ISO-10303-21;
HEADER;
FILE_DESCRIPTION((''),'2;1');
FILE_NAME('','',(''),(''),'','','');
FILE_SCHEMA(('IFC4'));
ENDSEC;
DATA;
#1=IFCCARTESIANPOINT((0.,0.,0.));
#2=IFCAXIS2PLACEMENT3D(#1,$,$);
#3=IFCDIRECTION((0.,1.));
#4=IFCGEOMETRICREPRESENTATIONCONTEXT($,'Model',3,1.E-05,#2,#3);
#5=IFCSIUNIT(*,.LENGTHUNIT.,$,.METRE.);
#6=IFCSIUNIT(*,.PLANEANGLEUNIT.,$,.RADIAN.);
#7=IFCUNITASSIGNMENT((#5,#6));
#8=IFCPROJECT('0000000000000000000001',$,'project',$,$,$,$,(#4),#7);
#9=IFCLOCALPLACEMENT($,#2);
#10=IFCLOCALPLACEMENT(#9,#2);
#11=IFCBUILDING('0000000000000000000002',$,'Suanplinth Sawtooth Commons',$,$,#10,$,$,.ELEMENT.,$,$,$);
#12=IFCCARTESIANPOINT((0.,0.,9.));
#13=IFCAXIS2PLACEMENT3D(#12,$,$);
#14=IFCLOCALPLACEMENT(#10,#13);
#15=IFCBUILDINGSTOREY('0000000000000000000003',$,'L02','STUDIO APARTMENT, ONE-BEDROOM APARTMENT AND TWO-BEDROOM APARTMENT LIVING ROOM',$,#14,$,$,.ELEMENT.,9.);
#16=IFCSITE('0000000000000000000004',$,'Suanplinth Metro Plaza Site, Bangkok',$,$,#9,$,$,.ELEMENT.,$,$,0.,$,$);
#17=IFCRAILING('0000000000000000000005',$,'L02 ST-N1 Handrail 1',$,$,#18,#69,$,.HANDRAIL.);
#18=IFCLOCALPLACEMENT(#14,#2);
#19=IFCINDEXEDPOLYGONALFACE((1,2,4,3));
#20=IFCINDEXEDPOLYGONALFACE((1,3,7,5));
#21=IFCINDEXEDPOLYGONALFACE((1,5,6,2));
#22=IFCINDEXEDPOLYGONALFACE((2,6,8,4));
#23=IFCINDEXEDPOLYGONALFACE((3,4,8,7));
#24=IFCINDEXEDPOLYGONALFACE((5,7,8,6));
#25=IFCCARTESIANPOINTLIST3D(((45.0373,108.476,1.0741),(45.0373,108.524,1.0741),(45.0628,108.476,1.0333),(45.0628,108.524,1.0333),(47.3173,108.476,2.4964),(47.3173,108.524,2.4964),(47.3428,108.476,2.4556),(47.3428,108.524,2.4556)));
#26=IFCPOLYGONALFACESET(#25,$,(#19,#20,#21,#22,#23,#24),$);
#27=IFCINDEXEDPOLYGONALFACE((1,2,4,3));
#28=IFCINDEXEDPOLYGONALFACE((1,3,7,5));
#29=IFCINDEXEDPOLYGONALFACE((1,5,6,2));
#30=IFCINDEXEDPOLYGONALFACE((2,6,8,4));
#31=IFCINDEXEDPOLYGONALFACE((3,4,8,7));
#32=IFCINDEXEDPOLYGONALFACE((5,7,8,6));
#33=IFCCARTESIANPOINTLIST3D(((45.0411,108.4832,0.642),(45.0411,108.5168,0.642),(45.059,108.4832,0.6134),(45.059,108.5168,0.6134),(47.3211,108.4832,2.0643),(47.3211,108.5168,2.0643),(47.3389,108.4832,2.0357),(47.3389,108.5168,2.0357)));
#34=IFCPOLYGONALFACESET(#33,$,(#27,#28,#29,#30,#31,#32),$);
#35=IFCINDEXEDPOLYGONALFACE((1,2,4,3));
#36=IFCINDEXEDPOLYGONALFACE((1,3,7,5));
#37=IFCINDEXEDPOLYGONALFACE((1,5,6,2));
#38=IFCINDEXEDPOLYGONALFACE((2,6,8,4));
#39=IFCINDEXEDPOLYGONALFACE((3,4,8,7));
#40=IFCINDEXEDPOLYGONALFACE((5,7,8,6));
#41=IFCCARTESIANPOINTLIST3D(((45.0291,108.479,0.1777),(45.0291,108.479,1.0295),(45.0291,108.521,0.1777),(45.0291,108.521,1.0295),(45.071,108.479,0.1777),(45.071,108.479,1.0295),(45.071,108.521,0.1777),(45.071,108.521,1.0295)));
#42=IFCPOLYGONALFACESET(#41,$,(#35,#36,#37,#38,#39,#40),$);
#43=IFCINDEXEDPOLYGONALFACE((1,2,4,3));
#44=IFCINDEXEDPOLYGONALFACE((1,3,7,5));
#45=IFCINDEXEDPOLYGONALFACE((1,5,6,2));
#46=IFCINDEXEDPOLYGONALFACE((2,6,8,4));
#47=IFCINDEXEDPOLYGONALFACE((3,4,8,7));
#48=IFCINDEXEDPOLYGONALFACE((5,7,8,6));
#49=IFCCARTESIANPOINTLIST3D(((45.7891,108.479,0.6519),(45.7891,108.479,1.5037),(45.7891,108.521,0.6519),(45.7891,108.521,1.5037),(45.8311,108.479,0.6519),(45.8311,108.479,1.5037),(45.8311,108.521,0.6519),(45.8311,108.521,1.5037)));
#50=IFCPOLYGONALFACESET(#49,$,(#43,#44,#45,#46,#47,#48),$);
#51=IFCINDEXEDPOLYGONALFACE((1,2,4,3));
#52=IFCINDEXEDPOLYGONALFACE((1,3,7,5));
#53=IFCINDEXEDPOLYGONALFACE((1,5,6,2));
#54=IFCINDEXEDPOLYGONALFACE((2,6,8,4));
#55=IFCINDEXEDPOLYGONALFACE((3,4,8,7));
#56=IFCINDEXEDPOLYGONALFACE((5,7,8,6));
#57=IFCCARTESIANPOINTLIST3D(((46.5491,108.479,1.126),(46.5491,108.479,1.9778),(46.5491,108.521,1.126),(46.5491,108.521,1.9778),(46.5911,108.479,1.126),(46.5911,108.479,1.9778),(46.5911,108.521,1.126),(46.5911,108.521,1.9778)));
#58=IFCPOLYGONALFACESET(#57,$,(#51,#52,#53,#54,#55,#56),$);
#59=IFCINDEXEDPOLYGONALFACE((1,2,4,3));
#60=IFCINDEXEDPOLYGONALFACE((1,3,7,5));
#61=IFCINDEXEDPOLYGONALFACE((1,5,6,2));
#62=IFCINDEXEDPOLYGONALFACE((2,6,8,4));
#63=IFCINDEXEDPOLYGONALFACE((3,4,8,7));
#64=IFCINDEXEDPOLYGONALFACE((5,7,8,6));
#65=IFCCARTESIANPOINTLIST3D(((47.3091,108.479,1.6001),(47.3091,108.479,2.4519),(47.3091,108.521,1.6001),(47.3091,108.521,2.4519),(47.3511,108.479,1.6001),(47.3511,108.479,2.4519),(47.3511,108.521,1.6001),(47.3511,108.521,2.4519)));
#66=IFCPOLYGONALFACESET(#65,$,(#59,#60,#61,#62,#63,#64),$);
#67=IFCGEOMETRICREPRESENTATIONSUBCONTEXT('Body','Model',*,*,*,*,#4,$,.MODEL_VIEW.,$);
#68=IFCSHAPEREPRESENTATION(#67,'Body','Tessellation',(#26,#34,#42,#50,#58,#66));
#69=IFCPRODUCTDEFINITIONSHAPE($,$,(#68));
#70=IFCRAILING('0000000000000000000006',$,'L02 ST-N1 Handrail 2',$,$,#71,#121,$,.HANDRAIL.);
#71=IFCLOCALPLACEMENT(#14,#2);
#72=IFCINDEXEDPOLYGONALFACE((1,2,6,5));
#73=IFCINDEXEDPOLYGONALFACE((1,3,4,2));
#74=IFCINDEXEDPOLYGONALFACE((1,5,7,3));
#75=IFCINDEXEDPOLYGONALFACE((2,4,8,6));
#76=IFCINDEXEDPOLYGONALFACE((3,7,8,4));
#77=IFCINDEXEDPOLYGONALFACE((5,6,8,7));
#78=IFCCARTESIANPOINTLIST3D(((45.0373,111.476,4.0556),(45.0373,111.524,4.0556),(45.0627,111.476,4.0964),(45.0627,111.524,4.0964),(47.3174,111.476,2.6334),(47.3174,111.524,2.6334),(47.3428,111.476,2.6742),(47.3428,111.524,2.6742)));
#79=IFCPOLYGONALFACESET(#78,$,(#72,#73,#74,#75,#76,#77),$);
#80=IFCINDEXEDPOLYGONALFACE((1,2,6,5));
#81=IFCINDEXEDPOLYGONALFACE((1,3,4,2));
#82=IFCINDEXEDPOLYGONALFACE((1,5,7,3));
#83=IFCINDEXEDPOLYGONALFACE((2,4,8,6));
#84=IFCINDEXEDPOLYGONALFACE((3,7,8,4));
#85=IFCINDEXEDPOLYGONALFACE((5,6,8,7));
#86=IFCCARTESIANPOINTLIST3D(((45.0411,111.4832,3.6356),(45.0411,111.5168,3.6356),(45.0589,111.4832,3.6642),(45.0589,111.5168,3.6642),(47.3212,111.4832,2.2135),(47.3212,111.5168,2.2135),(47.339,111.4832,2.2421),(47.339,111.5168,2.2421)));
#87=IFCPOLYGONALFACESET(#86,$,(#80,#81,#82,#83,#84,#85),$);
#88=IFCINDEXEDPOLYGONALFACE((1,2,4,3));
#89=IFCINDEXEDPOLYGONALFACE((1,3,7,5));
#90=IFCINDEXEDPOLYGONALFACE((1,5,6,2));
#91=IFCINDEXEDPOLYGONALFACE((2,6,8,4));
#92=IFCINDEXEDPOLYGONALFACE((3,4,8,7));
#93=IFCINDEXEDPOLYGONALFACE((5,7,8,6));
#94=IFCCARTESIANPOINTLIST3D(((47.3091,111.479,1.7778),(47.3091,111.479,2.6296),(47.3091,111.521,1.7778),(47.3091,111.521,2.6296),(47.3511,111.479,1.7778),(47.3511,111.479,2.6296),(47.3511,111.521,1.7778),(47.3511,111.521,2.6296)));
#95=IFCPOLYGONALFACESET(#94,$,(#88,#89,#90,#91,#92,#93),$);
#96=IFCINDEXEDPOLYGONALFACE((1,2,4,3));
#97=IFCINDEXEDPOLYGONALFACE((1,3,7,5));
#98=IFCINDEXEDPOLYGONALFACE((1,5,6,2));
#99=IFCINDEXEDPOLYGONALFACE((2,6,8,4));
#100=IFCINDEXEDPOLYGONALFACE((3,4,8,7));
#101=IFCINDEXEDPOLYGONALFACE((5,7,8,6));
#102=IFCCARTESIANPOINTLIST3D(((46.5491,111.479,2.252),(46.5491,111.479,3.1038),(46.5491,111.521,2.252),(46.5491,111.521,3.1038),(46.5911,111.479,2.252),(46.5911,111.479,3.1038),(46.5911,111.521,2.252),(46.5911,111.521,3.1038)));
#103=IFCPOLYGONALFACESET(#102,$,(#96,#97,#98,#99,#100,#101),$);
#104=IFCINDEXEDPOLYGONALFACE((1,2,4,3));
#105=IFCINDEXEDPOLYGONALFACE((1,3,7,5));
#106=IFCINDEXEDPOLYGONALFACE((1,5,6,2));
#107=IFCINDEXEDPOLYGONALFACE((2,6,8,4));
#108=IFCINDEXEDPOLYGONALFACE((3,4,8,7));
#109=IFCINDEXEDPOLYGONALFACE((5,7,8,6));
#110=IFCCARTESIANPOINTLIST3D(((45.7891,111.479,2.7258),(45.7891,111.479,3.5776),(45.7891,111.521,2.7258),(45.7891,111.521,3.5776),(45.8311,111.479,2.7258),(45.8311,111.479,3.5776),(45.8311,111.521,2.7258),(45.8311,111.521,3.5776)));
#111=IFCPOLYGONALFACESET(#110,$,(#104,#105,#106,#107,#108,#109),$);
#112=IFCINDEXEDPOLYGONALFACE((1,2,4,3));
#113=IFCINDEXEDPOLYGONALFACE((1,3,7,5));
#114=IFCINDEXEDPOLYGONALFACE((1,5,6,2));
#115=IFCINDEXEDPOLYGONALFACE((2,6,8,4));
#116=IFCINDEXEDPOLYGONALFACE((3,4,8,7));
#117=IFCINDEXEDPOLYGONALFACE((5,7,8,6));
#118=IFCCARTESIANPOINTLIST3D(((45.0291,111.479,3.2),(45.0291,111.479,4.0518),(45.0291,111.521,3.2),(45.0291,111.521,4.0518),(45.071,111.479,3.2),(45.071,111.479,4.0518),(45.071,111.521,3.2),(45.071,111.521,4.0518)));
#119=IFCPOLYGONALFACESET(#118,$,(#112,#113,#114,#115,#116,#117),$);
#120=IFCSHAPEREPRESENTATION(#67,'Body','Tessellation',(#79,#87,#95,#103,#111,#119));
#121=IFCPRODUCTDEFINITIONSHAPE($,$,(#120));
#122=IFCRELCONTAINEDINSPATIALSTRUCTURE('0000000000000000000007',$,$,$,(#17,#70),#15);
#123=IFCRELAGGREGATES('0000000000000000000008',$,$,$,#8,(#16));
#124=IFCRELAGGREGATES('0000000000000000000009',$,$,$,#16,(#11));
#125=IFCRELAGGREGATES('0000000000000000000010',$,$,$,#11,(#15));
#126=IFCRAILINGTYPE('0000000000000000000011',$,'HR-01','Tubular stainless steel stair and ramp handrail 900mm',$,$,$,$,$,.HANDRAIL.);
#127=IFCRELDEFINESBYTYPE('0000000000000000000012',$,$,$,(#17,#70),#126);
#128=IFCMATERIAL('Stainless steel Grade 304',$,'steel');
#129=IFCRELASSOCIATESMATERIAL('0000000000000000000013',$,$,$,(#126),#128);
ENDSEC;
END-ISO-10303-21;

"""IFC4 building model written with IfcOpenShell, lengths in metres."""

from ifc_helpers import new_model, si_unit, direction, frame, origin, origin_2d, place, context, subcontext, project, spatial, rectangle, extrude, material, type_object, element, save


model = new_model("IFC4")

# Units and contexts
model_context = context("Model", 3, precision=1e-05, world=origin(), true_north=direction((0.0, 1.0)))
body_context = subcontext(model_context, "Body", "Model", "MODEL_VIEW")
ifc_project = project(units=[si_unit("LENGTHUNIT", "METRE"), si_unit("PLANEANGLEUNIT", "RADIAN")], contexts=[model_context])

# Site, building, storey
site_placement = place(None, origin())
site = spatial("IfcSite", under=ifc_project, at=site_placement, Name="Suanplinth Metro Plaza Site, Bangkok", CompositionType="ELEMENT", RefElevation=0.0)
building_placement = place(site_placement, origin())
building = spatial("IfcBuilding", under=site, at=building_placement, Name="Suanplinth Sawtooth Commons", CompositionType="ELEMENT")
storey_placement = place(building_placement, frame((0.0, 0.0, 9.0)))
storey = spatial("IfcBuildingStorey", under=building, at=storey_placement, Name="L02", Description="STUDIO APARTMENT, ONE-BEDROOM APARTMENT AND TWO-BEDROOM APARTMENT LIVING ROOM", CompositionType="ELEMENT", Elevation=9.0)

# Railings
ifc_material_1 = material(Name="Stainless steel Grade 304", Category="steel")
railing_type_1 = type_object("IfcRailingType", Name="HR-01", Description="Tubular stainless steel stair and ramp handrail 900mm", PredefinedType="HANDRAIL", material=ifc_material_1)
railing_1_placement = place(storey_placement, frame((45.05, 108.5, 0.1777)))
element("IfcRailing", 1, at=railing_1_placement, inside=storey, type_object=railing_type_1, Name="L02 ST-N1 Handrail 1", PredefinedType="HANDRAIL", context=body_context, shape_type="SweptSolid", body=[
    extrude(rectangle(XDim=0.0481, YDim=0.0481, at=origin_2d()), frame((0.0, 0.0, 0.876), z_axis=(0.848442, 0.0, 0.529288), x_axis=(0.0, 1.0, 0.0)), (0.0, 0.0, 1.0), 2.6873),
    extrude(rectangle(XDim=0.0337, YDim=0.0337, at=origin_2d()), frame((0.0, 0.0, 0.45), z_axis=(0.848442, 0.0, 0.529288), x_axis=(0.0, 1.0, 0.0)), (0.0, 0.0, 1.0), 2.6873),
    extrude(rectangle(XDim=0.042, YDim=0.042, at=origin_2d()), origin(), (0.0, 0.0, 1.0), 0.8518),
    extrude(rectangle(XDim=0.042, YDim=0.042, at=origin_2d()), frame((0.76, 0.0, 0.4741)), (0.0, 0.0, 1.0), 0.8518),
    extrude(rectangle(XDim=0.042, YDim=0.042, at=origin_2d()), frame((1.52, 0.0, 0.9482)), (0.0, 0.0, 1.0), 0.8518),
    extrude(rectangle(XDim=0.042, YDim=0.042, at=origin_2d()), frame((2.28, 0.0, 1.4224)), (0.0, 0.0, 1.0), 0.8518),
])
railing_2_placement = place(storey_placement, frame((47.3301, 111.5, 1.7778)))
element("IfcRailing", 2, at=railing_2_placement, inside=storey, type_object=railing_type_1, Name="L02 ST-N1 Handrail 2", PredefinedType="HANDRAIL", context=body_context, shape_type="SweptSolid", body=[
    extrude(rectangle(XDim=0.0481, YDim=0.0481, at=origin_2d()), frame((0.0, 0.0, 0.876), z_axis=(-0.848483, 0.0, 0.529223), x_axis=(0.0, -1.0, 0.0)), (0.0, 0.0, 1.0), 2.6873),
    extrude(rectangle(XDim=0.0337, YDim=0.0337, at=origin_2d()), frame((0.0, 0.0, 0.45), z_axis=(-0.848483, 0.0, 0.529223), x_axis=(0.0, -1.0, 0.0)), (0.0, 0.0, 1.0), 2.6873),
    extrude(rectangle(XDim=0.042, YDim=0.042, at=origin_2d()), origin(), (0.0, 0.0, 1.0), 0.8518),
    extrude(rectangle(XDim=0.042, YDim=0.042, at=origin_2d()), frame((-0.76, 0.0, 0.4741)), (0.0, 0.0, 1.0), 0.8518),
    extrude(rectangle(XDim=0.042, YDim=0.042, at=origin_2d()), frame((-1.52, 0.0, 0.948)), (0.0, 0.0, 1.0), 0.8518),
    extrude(rectangle(XDim=0.042, YDim=0.042, at=origin_2d()), frame((-2.28, 0.0, 1.4221)), (0.0, 0.0, 1.0), 0.8518),
])

save(model, "model.ifc")
